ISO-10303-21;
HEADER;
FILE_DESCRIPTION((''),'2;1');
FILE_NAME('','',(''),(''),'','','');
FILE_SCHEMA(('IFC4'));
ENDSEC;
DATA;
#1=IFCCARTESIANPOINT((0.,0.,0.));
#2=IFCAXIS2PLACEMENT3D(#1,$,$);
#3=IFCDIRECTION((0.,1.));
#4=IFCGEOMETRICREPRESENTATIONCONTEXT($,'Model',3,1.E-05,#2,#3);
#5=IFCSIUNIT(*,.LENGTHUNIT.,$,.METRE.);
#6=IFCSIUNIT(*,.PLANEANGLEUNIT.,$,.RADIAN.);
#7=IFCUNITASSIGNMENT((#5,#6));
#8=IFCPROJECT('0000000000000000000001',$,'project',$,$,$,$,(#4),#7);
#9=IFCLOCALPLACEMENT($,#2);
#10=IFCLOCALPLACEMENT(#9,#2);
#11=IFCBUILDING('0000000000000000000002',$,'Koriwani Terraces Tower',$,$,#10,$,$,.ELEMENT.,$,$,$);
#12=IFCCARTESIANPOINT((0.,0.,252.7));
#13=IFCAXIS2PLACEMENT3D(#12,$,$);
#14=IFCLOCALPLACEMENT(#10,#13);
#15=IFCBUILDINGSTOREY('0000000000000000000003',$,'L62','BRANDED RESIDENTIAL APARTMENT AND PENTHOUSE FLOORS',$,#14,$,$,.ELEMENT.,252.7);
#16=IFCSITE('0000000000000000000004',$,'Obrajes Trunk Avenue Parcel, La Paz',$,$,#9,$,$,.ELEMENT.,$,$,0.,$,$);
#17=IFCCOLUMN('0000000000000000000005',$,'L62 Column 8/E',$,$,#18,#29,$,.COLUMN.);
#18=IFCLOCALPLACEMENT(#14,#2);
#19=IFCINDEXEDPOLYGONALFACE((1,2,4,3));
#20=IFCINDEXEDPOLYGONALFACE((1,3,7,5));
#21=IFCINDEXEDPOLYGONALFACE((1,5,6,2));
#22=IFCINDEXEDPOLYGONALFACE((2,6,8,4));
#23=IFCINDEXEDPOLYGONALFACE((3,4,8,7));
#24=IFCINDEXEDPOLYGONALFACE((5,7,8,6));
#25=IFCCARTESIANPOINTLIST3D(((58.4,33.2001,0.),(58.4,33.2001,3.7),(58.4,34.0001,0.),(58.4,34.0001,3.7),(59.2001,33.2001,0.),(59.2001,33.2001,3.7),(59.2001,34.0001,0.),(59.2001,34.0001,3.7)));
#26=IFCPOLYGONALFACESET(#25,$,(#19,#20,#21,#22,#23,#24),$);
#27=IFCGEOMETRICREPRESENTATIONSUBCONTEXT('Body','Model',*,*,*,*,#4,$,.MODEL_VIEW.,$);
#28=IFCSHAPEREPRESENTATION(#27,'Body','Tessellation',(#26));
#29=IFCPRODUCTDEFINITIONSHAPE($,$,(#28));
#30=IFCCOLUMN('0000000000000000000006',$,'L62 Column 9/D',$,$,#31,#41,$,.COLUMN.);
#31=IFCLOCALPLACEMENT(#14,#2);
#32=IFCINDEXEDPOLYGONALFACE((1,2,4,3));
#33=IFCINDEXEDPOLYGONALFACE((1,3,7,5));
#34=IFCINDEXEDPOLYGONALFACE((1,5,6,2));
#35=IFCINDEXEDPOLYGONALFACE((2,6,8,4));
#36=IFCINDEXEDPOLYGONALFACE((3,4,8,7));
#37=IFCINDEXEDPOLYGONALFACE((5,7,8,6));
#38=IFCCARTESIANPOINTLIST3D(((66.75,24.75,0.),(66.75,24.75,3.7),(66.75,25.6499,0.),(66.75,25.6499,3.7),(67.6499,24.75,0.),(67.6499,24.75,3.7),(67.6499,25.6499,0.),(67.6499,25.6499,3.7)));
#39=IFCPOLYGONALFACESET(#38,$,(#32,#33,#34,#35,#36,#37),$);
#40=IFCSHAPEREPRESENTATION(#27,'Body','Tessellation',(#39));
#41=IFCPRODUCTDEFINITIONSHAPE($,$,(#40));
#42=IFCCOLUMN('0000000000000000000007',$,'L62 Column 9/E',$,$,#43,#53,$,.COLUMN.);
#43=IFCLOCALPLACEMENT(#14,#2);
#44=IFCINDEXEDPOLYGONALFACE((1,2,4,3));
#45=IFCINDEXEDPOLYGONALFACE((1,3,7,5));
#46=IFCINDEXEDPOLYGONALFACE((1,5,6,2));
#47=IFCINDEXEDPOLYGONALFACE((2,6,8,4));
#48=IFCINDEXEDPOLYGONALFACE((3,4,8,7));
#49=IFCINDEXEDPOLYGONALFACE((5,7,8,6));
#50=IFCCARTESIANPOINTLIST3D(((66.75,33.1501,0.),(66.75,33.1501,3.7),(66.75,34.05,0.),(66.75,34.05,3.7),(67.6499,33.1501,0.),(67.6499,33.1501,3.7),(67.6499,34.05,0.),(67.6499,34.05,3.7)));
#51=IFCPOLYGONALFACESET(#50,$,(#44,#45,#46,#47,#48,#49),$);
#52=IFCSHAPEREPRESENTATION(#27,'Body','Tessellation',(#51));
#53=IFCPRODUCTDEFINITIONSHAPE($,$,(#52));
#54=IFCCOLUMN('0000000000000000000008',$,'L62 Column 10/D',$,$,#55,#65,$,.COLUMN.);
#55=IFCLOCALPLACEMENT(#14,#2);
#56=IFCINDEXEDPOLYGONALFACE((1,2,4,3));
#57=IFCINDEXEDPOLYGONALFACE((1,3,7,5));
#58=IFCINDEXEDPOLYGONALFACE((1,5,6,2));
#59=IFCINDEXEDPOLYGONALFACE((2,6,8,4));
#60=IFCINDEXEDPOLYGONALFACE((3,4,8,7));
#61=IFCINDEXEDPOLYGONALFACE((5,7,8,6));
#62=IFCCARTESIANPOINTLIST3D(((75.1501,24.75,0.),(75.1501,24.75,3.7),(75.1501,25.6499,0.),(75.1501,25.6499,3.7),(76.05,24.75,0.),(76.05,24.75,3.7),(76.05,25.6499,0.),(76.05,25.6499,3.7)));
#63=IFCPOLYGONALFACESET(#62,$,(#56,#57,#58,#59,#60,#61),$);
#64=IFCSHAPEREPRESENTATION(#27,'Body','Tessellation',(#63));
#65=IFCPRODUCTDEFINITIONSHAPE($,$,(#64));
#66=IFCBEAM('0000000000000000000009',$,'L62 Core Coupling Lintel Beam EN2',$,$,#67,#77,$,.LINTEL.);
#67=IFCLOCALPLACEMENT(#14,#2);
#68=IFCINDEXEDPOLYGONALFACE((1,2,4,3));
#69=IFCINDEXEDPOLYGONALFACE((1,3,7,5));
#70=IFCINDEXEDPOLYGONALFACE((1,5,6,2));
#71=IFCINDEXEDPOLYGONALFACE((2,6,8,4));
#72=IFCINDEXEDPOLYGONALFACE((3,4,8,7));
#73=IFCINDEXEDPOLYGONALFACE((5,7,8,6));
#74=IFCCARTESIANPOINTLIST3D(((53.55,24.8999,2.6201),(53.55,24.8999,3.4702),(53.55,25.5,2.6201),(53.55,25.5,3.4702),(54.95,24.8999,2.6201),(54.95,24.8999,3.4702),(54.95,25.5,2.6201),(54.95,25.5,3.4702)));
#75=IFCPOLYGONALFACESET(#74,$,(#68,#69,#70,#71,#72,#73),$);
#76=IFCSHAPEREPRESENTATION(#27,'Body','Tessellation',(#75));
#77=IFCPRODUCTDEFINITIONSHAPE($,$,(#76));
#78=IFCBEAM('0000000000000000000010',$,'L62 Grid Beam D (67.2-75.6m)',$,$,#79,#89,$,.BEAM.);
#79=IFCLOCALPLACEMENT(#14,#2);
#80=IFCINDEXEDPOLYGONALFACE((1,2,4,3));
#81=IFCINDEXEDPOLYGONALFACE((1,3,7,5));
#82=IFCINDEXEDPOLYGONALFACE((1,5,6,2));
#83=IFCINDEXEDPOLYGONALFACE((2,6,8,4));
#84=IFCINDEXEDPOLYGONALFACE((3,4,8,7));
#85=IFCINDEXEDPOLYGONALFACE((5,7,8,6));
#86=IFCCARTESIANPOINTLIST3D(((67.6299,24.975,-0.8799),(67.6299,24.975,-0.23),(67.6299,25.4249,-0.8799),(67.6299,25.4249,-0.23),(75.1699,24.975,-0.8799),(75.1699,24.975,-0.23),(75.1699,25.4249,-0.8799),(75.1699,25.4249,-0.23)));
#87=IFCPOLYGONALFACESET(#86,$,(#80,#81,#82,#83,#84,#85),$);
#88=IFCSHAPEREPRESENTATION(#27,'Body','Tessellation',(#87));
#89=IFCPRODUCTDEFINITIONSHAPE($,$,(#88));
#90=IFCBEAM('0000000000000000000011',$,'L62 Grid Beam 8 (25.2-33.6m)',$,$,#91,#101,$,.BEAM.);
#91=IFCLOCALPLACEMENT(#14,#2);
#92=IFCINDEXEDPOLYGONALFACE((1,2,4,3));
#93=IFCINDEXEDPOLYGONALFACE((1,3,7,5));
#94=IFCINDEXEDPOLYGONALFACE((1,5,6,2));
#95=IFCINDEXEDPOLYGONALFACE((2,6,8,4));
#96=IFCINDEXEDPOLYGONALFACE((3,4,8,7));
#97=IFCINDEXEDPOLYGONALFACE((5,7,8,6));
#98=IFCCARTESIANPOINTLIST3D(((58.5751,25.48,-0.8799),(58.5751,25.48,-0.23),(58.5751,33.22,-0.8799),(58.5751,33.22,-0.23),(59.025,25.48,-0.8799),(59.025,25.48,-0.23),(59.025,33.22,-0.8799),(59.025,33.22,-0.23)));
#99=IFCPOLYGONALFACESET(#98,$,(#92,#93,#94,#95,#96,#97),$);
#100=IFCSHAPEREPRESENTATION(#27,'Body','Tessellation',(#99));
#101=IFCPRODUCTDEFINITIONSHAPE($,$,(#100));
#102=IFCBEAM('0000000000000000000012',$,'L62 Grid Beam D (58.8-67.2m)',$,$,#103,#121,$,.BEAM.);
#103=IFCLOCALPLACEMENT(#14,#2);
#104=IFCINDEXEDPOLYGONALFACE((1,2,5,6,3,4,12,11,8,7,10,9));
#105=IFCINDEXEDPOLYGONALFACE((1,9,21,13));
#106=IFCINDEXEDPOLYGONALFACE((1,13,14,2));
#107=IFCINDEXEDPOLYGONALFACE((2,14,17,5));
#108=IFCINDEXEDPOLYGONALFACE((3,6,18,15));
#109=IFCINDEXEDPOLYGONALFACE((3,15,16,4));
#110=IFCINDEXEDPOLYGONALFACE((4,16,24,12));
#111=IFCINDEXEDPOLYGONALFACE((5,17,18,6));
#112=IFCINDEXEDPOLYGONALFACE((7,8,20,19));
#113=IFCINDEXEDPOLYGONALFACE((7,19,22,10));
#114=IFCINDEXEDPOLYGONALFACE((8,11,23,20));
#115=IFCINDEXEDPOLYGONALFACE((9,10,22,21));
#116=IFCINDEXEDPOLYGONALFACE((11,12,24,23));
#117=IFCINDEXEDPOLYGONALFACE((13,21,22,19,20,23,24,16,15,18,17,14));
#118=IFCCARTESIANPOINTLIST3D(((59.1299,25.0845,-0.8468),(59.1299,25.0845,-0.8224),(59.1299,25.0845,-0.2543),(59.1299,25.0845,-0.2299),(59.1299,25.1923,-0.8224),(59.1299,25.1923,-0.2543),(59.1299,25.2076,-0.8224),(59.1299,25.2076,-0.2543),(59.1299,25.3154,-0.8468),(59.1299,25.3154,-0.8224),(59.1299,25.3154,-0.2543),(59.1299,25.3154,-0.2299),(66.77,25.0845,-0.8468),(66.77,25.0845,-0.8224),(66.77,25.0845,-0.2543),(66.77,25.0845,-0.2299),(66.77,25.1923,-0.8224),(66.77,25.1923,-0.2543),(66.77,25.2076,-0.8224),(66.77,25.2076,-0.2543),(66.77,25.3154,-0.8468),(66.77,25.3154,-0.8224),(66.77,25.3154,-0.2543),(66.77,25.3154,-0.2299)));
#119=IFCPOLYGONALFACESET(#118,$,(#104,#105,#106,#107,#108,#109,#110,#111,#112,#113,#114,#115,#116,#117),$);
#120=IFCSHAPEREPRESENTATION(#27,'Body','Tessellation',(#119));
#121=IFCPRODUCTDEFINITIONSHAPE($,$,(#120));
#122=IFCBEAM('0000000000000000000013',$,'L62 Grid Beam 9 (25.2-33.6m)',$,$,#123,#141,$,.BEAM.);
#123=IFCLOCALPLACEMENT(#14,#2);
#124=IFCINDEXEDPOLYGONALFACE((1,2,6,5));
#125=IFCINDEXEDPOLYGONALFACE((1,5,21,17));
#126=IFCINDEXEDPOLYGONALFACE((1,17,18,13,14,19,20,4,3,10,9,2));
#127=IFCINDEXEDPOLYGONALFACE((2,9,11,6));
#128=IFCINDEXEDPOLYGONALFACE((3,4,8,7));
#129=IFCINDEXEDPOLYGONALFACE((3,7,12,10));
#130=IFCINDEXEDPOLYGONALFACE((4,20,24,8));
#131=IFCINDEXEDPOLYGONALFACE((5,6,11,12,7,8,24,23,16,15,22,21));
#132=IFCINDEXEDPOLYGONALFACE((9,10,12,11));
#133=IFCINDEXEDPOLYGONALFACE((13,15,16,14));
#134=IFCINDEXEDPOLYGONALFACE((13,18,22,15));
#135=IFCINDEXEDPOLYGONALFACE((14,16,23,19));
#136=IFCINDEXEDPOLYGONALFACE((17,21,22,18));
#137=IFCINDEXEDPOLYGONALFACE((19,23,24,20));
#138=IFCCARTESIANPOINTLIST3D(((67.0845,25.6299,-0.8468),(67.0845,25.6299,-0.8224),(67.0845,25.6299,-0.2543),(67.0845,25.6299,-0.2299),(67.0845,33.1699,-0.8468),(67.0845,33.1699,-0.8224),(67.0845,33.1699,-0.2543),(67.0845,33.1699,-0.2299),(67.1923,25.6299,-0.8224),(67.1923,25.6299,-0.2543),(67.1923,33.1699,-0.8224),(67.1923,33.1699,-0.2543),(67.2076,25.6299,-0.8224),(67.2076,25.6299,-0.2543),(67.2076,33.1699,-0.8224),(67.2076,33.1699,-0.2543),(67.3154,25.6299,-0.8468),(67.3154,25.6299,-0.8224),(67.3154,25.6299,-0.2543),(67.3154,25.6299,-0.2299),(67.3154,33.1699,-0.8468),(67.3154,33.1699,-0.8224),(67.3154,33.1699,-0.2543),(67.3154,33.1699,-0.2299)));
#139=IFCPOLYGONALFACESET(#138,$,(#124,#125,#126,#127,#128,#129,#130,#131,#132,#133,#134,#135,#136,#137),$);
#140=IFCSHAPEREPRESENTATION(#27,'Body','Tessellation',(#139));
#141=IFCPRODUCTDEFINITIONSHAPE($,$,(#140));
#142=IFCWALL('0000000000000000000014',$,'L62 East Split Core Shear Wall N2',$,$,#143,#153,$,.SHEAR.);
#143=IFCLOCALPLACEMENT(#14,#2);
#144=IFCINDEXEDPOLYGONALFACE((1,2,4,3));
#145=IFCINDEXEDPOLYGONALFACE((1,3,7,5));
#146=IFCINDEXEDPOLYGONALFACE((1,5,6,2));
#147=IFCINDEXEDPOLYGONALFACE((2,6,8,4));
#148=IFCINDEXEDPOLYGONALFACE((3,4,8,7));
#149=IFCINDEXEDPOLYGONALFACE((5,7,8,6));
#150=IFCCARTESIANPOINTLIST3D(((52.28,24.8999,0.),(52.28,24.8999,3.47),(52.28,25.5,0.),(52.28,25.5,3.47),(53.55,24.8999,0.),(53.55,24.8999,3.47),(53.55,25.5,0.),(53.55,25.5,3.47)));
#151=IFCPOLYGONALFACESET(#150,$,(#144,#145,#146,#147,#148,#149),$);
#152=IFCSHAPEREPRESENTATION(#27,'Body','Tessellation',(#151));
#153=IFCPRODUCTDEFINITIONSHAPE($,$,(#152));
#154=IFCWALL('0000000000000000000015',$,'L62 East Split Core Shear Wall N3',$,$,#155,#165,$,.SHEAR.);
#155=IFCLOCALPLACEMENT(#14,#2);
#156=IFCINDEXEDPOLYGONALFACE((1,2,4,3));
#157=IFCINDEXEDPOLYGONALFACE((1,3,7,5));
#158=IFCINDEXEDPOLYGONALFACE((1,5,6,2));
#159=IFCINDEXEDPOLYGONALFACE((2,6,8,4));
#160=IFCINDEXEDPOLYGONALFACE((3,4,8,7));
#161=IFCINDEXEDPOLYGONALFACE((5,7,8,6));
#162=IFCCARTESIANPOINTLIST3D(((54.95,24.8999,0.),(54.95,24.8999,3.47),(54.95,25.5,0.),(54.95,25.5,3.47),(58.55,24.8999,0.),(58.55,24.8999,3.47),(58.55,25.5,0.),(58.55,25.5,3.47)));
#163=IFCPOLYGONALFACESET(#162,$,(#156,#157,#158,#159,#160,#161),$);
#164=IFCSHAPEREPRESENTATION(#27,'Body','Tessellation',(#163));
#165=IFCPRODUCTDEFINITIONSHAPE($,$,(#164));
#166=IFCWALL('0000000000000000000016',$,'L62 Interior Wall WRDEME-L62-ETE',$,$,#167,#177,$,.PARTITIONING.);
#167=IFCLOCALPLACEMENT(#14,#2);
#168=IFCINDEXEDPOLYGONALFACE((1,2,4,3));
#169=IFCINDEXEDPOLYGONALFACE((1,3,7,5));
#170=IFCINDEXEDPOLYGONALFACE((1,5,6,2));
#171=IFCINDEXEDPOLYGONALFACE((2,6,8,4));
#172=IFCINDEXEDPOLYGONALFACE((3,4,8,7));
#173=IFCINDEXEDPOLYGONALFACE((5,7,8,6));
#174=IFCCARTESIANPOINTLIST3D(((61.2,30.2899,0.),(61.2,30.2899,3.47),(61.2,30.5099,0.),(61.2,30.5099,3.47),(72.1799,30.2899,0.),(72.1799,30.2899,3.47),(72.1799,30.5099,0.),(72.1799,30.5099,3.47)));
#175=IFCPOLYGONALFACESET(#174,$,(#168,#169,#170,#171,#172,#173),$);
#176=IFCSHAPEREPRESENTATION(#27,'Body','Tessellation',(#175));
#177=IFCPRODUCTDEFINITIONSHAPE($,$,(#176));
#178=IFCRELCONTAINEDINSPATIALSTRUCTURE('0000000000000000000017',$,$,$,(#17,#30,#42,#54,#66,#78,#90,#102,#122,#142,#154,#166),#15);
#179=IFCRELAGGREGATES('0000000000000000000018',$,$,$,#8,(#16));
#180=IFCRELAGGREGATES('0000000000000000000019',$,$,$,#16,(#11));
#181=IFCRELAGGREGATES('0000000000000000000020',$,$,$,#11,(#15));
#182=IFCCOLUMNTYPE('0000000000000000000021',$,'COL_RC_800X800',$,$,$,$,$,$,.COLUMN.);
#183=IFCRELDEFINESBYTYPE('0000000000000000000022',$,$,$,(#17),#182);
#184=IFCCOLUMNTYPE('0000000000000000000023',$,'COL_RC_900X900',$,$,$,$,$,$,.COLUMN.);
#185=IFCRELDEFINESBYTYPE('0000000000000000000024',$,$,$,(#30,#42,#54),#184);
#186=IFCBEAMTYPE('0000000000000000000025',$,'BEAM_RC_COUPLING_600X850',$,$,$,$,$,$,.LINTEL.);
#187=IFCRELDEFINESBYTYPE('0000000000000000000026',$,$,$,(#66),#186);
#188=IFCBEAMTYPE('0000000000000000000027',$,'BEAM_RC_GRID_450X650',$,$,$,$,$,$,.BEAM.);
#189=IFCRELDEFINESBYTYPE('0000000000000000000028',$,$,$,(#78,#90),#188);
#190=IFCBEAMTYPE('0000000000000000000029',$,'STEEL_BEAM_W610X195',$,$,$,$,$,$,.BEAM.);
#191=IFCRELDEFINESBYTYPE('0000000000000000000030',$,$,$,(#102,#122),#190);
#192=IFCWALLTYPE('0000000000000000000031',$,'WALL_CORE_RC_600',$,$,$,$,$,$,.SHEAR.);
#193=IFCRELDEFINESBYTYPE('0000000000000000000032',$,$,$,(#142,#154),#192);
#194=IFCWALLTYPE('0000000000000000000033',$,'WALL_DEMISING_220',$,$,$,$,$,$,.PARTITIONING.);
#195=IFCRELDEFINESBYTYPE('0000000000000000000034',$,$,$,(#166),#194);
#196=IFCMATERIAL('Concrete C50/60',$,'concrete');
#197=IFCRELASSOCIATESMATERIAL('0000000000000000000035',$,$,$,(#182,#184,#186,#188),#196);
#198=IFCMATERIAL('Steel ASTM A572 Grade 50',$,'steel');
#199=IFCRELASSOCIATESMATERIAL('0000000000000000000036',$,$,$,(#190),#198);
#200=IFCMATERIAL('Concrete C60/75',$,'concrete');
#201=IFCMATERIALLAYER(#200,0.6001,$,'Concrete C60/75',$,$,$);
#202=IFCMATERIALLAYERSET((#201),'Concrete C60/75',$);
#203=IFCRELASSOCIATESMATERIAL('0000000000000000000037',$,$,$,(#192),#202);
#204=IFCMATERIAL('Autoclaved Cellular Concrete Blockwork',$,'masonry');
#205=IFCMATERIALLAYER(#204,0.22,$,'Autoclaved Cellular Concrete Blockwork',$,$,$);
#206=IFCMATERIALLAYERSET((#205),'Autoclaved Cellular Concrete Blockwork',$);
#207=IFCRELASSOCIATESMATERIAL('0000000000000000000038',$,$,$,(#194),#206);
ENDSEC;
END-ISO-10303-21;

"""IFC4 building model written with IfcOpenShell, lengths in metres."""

from ifc_helpers import new_model, si_unit, direction, frame, frame_2d, origin, origin_2d, place, context, subcontext, project, spatial, rectangle, i_section, extrude, material, layer, layer_set, material_profile, profile_set, type_object, element, save


model = new_model("IFC4")

# Units and contexts
model_context = context("Model", 3, precision=1e-05, world=origin(), true_north=direction((0.0, 1.0)))
body_context = subcontext(model_context, "Body", "Model", "MODEL_VIEW")
ifc_project = project(units=[si_unit("LENGTHUNIT", "METRE"), si_unit("PLANEANGLEUNIT", "RADIAN")], contexts=[model_context])

# Site, building, storey
site_placement = place(None, origin())
site = spatial("IfcSite", under=ifc_project, at=site_placement, Name="Obrajes Trunk Avenue Parcel, La Paz", CompositionType="ELEMENT", RefElevation=0.0)
building_placement = place(site_placement, origin())
building = spatial("IfcBuilding", under=site, at=building_placement, Name="Koriwani Terraces Tower", CompositionType="ELEMENT")
storey_placement = place(building_placement, frame((0.0, 0.0, 252.7)))
storey = spatial("IfcBuildingStorey", under=building, at=storey_placement, Name="L62", Description="BRANDED RESIDENTIAL APARTMENT AND PENTHOUSE FLOORS", CompositionType="ELEMENT", Elevation=252.7)

# Columns
ifc_material_1 = material(Name="Concrete C50/60", Category="concrete")
ifc_material_profile_1 = material_profile(ifc_material_1, rectangle(XDim=0.8, YDim=0.8, at=origin_2d()), Name="Concrete C50/60", Category="LoadBearing")
ifc_profile_set_1 = profile_set([ifc_material_profile_1], Name="Concrete C50/60")
column_type_1 = type_object("IfcColumnType", Name="COL_RC_800X800", PredefinedType="COLUMN", material=ifc_profile_set_1)
column_placement = place(storey_placement, frame((58.8, 33.6001, 0.0), z_axis=(0.0, 0.0, 1.0), x_axis=(1.0, 0.0, 0.0)))
element("IfcColumn", 1, at=column_placement, inside=storey, type_object=column_type_1, Name="L62 Column 8/E", PredefinedType="COLUMN", context=body_context, shape_type="SweptSolid", body=[
    extrude(rectangle(XDim=0.8, YDim=0.8, at=origin_2d()), origin(), (0.0, 0.0, 1.0), 3.7),
])
ifc_material_profile_2 = material_profile(ifc_material_1, rectangle(XDim=0.8999, YDim=0.8999, at=origin_2d()), Name="Concrete C50/60", Category="LoadBearing")
ifc_profile_set_2 = profile_set([ifc_material_profile_2], Name="Concrete C50/60")
column_type_2 = type_object("IfcColumnType", Name="COL_RC_900X900", PredefinedType="COLUMN", material=ifc_profile_set_2)
for number, where, z_axis, x_axis, name in (
    (2, (67.2, 25.2, 0.0), (0.0, 0.0, 1.0), (1.0, 0.0, 0.0), "L62 Column 9/D"),
    (3, (67.2, 33.6001, 0.0), (0.0, 0.0, 1.0), (1.0, 0.0, 0.0), "L62 Column 9/E"),
    (4, (75.6001, 25.2, 0.0), (0.0, 0.0, 1.0), (1.0, 0.0, 0.0), "L62 Column 10/D"),
):
    element("IfcColumn", number, at=place(storey_placement, frame(where, z_axis=z_axis, x_axis=x_axis)), inside=storey, type_object=column_type_2, Name=name, PredefinedType="COLUMN", context=body_context, shape_type="SweptSolid", body=[
        extrude(rectangle(XDim=0.8999, YDim=0.8999, at=origin_2d()), origin(), (0.0, 0.0, 1.0), 3.7),
    ])

# Beams
ifc_material_profile_3 = material_profile(ifc_material_1, rectangle(XDim=0.6001, YDim=0.8501, at=origin_2d()), Name="Concrete C50/60", Category="LoadBearing")
ifc_profile_set_3 = profile_set([ifc_material_profile_3], Name="Concrete C50/60")
beam_type_1 = type_object("IfcBeamType", Name="BEAM_RC_COUPLING_600X850", PredefinedType="LINTEL", material=ifc_profile_set_3)
beam_1_placement = place(storey_placement, frame((53.55, 25.2, 3.0452), z_axis=(1.0, 0.0, 0.0), x_axis=(0.0, 1.0, 0.0)))
element("IfcBeam", 5, at=beam_1_placement, inside=storey, type_object=beam_type_1, Name="L62 Core Coupling Lintel Beam EN2", PredefinedType="LINTEL", context=body_context, shape_type="SweptSolid", body=[
    extrude(rectangle(XDim=0.6001, YDim=0.8501, at=origin_2d()), origin(), (0.0, 0.0, 1.0), 1.3999),
])
ifc_material_profile_4 = material_profile(ifc_material_1, rectangle(XDim=0.45, YDim=0.6499, at=origin_2d()), Name="Concrete C50/60", Category="LoadBearing")
ifc_profile_set_4 = profile_set([ifc_material_profile_4], Name="Concrete C50/60")
beam_type_2 = type_object("IfcBeamType", Name="BEAM_RC_GRID_450X650", PredefinedType="BEAM", material=ifc_profile_set_4)
beam_2_placement = place(storey_placement, frame((67.6299, 25.2, -0.5549), z_axis=(1.0, 0.0, 0.0), x_axis=(0.0, 1.0, 0.0)))
element("IfcBeam", 6, at=beam_2_placement, inside=storey, type_object=beam_type_2, Name="L62 Grid Beam D (67.2-75.6m)", PredefinedType="BEAM", context=body_context, shape_type="SweptSolid", body=[
    extrude(rectangle(XDim=0.45, YDim=0.6499, at=origin_2d()), origin(), (0.0, 0.0, 1.0), 7.54),
])
beam_3_placement = place(storey_placement, frame((58.8, 25.48, -0.5549), z_axis=(0.0, 1.0, 0.0), x_axis=(-1.0, 0.0, 0.0)))
element("IfcBeam", 7, at=beam_3_placement, inside=storey, type_object=beam_type_2, Name="L62 Grid Beam 8 (25.2-33.6m)", PredefinedType="BEAM", context=body_context, shape_type="SweptSolid", body=[
    extrude(rectangle(XDim=0.45, YDim=0.6499, at=origin_2d()), origin(), (0.0, 0.0, 1.0), 7.74),
])
ifc_material_2 = material(Name="Steel ASTM A572 Grade 50", Category="steel")
ifc_material_profile_5 = material_profile(ifc_material_2, i_section(OverallWidth=0.231, OverallDepth=0.6169, WebThickness=0.0154, FlangeThickness=0.0244, at=origin_2d()), Name="Steel ASTM A572 Grade 50", Category="LoadBearing")
ifc_profile_set_5 = profile_set([ifc_material_profile_5], Name="Steel ASTM A572 Grade 50")
beam_type_3 = type_object("IfcBeamType", Name="STEEL_BEAM_W610X195", PredefinedType="BEAM", material=ifc_profile_set_5)
beam_4_placement = place(storey_placement, frame((59.1299, 25.2, -0.5383), z_axis=(1.0, 0.0, 0.0), x_axis=(0.0, 1.0, 0.0)))
element("IfcBeam", 8, at=beam_4_placement, inside=storey, type_object=beam_type_3, Name="L62 Grid Beam D (58.8-67.2m)", PredefinedType="BEAM", context=body_context, shape_type="SweptSolid", body=[
    extrude(i_section(OverallWidth=0.231, OverallDepth=0.6169, WebThickness=0.0154, FlangeThickness=0.0244, at=origin_2d()), origin(), (0.0, 0.0, 1.0), 7.6401),
])
beam_5_placement = place(storey_placement, frame((67.2, 25.6299, -0.5383), z_axis=(0.0, 1.0, 0.0), x_axis=(-1.0, 0.0, 0.0)))
element("IfcBeam", 9, at=beam_5_placement, inside=storey, type_object=beam_type_3, Name="L62 Grid Beam 9 (25.2-33.6m)", PredefinedType="BEAM", context=body_context, shape_type="SweptSolid", body=[
    extrude(i_section(OverallWidth=0.231, OverallDepth=0.6169, WebThickness=0.0154, FlangeThickness=0.0244, at=origin_2d()), origin(), (0.0, 0.0, 1.0), 7.54),
])

# Walls
ifc_material_3 = material(Name="Concrete C60/75", Category="concrete")
ifc_layer_1 = layer(ifc_material_3, 0.6001, Name="Concrete C60/75")
ifc_layer_set_1 = layer_set([ifc_layer_1], Name="Concrete C60/75")
wall_type_1 = type_object("IfcWallType", Name="WALL_CORE_RC_600", PredefinedType="SHEAR", material=ifc_layer_set_1)
wall_1_placement = place(storey_placement, frame((52.28, 25.2, 0.0), z_axis=(0.0, 0.0, 1.0), x_axis=(1.0, 0.0, 0.0)))
element("IfcWall", 10, at=wall_1_placement, inside=storey, type_object=wall_type_1, Name="L62 East Split Core Shear Wall N2", PredefinedType="SHEAR", context=body_context, shape_type="SweptSolid", body=[
    extrude(rectangle(XDim=1.27, YDim=0.6001, at=frame_2d((0.635, 0.0))), origin(), (0.0, 0.0, 1.0), 3.47),
])
wall_2_placement = place(storey_placement, frame((54.95, 25.2, 0.0), z_axis=(0.0, 0.0, 1.0), x_axis=(1.0, 0.0, 0.0)))
element("IfcWall", 11, at=wall_2_placement, inside=storey, type_object=wall_type_1, Name="L62 East Split Core Shear Wall N3", PredefinedType="SHEAR", context=body_context, shape_type="SweptSolid", body=[
    extrude(rectangle(XDim=3.6001, YDim=0.6001, at=frame_2d((1.8, 0.0))), origin(), (0.0, 0.0, 1.0), 3.47),
])
ifc_material_4 = material(Name="Autoclaved Cellular Concrete Blockwork", Category="masonry")
ifc_layer_2 = layer(ifc_material_4, 0.22, Name="Autoclaved Cellular Concrete Blockwork")
ifc_layer_set_2 = layer_set([ifc_layer_2], Name="Autoclaved Cellular Concrete Blockwork")
wall_type_2 = type_object("IfcWallType", Name="WALL_DEMISING_220", PredefinedType="PARTITIONING", material=ifc_layer_set_2)
wall_3_placement = place(storey_placement, frame((61.2, 30.3999, 0.0), z_axis=(0.0, 0.0, 1.0), x_axis=(1.0, 0.0, 0.0)))
element("IfcWall", 12, at=wall_3_placement, inside=storey, type_object=wall_type_2, Name="L62 Interior Wall WRDEME-L62-ETE", PredefinedType="PARTITIONING", context=body_context, shape_type="SweptSolid", body=[
    extrude(rectangle(XDim=10.98, YDim=0.22, at=frame_2d((5.49, 0.0))), origin(), (0.0, 0.0, 1.0), 3.47),
])

save(model, "model.ifc")
